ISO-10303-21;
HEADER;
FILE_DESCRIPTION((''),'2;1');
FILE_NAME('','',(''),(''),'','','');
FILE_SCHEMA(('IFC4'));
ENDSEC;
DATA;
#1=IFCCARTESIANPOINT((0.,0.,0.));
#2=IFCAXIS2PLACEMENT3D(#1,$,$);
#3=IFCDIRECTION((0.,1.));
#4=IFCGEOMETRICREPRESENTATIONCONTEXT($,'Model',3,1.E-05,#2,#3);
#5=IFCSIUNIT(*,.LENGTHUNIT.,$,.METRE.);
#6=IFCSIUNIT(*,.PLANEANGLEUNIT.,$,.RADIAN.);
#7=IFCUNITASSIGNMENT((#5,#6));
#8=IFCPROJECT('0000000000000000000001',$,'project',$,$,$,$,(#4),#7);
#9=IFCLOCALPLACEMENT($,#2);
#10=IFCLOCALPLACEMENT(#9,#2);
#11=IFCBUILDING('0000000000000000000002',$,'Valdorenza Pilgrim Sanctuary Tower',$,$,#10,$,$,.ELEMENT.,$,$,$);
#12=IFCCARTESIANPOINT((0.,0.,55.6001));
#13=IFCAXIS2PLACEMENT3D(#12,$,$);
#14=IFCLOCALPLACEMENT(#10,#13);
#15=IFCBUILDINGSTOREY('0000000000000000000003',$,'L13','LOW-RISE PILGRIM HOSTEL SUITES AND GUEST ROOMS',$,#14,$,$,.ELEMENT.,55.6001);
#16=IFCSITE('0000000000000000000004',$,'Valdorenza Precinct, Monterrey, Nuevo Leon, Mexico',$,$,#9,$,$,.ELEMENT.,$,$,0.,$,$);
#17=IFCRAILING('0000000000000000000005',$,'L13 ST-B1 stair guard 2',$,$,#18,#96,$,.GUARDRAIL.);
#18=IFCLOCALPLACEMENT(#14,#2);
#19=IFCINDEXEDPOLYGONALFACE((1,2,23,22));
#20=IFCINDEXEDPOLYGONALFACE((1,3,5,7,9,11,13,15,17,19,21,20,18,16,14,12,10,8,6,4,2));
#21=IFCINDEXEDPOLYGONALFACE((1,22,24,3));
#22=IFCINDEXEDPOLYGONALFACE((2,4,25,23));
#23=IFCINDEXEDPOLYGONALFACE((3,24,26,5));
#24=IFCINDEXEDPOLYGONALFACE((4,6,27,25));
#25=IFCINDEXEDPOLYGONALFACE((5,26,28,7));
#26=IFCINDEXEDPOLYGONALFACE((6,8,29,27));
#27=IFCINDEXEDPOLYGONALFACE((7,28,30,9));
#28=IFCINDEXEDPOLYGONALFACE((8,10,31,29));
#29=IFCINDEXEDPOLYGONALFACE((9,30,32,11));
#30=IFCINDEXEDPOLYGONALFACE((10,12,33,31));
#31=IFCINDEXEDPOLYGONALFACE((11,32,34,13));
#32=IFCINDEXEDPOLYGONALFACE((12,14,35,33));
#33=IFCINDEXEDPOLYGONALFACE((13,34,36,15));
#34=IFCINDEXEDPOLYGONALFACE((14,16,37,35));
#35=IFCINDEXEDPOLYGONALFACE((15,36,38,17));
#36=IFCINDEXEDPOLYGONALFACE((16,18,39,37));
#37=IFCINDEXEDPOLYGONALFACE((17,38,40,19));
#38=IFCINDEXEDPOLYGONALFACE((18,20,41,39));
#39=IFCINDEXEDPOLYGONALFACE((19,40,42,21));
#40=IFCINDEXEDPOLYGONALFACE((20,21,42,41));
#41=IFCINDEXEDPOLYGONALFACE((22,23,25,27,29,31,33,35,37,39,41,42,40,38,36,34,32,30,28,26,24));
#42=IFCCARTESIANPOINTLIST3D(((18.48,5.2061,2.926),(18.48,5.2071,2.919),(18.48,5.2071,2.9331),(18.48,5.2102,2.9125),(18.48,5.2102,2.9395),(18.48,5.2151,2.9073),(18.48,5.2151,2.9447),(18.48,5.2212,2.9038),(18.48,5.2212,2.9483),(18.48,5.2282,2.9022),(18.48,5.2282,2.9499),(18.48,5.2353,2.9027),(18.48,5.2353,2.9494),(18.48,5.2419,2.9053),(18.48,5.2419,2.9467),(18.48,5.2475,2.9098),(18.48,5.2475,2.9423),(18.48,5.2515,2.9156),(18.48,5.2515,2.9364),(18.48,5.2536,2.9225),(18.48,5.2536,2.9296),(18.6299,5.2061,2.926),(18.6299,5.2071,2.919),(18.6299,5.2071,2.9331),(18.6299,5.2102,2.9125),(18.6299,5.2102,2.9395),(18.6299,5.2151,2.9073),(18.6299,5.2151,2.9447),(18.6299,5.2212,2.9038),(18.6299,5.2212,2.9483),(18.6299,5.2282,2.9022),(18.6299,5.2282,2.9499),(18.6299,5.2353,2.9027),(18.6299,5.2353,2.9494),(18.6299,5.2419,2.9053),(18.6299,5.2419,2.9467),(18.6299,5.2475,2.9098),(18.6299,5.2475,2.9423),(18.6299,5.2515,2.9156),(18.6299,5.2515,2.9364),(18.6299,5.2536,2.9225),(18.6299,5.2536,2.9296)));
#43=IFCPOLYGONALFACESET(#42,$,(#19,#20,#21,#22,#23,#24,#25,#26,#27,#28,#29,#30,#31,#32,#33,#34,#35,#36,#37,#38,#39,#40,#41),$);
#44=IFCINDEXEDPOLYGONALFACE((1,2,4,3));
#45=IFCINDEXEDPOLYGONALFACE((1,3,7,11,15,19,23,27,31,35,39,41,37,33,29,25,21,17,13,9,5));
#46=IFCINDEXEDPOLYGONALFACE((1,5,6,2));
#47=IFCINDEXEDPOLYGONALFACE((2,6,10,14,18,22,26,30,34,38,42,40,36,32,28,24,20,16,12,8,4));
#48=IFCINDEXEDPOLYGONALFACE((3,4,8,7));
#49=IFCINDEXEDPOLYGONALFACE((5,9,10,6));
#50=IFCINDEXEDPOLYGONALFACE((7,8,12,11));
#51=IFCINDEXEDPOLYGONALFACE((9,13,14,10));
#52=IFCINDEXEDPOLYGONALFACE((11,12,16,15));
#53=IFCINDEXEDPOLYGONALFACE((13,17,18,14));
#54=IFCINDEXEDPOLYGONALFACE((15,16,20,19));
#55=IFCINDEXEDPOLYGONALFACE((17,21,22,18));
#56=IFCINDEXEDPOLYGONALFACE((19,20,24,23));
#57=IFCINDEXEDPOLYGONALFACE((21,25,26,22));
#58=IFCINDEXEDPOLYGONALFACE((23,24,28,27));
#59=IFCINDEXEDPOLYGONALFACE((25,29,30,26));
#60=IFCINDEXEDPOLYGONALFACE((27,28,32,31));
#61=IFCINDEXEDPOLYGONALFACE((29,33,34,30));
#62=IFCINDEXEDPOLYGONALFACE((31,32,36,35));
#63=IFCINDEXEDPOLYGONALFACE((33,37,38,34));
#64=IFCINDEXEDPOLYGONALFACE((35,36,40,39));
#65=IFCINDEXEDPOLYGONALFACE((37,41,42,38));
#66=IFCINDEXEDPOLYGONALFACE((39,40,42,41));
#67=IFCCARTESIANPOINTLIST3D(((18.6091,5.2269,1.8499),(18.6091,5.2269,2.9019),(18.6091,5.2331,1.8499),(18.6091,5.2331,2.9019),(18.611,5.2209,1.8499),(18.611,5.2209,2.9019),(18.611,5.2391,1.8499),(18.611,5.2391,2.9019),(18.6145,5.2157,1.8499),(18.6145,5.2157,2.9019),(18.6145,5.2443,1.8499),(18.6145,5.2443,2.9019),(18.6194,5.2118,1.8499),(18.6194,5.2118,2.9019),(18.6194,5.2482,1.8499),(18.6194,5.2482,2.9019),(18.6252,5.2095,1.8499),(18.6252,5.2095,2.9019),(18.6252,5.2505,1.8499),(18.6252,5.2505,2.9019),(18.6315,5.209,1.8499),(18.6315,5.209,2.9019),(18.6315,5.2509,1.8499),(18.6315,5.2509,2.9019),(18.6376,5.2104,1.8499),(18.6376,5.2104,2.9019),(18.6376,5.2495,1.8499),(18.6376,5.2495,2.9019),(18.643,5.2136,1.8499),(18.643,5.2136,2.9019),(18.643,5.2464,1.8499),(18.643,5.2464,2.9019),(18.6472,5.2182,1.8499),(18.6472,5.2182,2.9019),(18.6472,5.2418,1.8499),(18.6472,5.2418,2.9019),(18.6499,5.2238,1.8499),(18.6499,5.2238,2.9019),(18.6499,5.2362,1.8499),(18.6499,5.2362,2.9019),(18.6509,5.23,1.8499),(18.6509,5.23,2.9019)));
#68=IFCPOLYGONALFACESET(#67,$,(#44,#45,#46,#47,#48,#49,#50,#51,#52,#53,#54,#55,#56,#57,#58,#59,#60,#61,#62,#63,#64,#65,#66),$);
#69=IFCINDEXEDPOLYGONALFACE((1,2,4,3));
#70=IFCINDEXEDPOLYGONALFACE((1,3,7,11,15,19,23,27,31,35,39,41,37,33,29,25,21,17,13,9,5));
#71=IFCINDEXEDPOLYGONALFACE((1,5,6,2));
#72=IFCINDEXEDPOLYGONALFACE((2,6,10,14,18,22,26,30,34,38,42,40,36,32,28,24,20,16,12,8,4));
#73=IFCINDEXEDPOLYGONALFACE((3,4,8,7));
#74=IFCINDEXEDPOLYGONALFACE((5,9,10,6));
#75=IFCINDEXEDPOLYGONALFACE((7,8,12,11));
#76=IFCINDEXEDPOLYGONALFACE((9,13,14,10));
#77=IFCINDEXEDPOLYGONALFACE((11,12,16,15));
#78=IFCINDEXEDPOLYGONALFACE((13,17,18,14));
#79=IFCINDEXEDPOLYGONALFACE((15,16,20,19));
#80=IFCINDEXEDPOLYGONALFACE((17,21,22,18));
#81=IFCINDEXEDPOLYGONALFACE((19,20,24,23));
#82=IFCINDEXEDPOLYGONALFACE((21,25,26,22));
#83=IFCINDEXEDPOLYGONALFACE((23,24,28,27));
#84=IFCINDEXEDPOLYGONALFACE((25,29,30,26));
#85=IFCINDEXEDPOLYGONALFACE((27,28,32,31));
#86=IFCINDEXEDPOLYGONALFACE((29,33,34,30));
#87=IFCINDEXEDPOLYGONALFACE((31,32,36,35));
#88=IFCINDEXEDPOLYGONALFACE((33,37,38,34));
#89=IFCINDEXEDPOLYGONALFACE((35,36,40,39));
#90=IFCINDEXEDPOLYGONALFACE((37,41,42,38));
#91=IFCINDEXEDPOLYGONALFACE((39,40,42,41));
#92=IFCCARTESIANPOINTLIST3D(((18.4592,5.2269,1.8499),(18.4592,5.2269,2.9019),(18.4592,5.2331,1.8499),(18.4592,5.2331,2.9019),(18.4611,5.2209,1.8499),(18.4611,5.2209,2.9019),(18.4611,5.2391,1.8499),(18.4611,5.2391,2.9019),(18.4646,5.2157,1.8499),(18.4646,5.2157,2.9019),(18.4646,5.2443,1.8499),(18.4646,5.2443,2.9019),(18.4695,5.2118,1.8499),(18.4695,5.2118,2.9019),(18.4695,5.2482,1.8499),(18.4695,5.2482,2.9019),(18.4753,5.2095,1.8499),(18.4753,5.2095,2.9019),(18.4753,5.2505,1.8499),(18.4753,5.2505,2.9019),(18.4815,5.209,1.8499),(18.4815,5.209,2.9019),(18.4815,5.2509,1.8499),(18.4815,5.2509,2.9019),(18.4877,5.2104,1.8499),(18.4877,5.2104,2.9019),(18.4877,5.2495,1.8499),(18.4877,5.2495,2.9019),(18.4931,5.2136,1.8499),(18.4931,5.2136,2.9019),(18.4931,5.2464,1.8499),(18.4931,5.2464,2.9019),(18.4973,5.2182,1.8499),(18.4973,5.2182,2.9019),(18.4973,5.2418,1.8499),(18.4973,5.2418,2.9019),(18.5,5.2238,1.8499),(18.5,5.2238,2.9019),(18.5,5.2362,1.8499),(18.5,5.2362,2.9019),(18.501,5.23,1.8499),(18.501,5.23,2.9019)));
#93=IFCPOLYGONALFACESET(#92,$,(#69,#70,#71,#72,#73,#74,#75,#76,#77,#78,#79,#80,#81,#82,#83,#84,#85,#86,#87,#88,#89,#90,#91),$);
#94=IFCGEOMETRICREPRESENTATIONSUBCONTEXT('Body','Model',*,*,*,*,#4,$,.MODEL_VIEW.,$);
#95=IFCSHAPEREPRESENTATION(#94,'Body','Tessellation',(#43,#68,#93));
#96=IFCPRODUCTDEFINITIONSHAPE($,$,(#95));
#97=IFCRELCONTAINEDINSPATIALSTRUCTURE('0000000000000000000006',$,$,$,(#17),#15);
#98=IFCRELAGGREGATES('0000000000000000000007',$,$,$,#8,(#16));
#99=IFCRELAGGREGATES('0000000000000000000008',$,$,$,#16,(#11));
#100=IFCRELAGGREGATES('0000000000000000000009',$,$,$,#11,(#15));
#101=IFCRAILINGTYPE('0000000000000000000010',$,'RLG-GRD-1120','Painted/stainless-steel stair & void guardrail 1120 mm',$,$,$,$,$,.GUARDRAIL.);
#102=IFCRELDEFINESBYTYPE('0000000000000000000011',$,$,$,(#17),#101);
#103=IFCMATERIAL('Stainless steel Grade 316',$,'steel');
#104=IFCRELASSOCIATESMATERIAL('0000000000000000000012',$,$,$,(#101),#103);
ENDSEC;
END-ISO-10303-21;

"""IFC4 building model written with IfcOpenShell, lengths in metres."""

from ifc_helpers import new_model, si_unit, direction, frame, origin, origin_2d, place, context, subcontext, project, spatial, circle, extrude, material, type_object, element, save


model = new_model("IFC4")

# Units and contexts
model_context = context("Model", 3, precision=1e-05, world=origin(), true_north=direction((0.0, 1.0)))
body_context = subcontext(model_context, "Body", "Model", "MODEL_VIEW")
ifc_project = project(units=[si_unit("LENGTHUNIT", "METRE"), si_unit("PLANEANGLEUNIT", "RADIAN")], contexts=[model_context])

# Site, building, storey
site_placement = place(None, origin())
site = spatial("IfcSite", under=ifc_project, at=site_placement, Name="Valdorenza Precinct, Monterrey, Nuevo Leon, Mexico", CompositionType="ELEMENT", RefElevation=0.0)
building_placement = place(site_placement, origin())
building = spatial("IfcBuilding", under=site, at=building_placement, Name="Valdorenza Pilgrim Sanctuary Tower", CompositionType="ELEMENT")
storey_placement = place(building_placement, frame((0.0, 0.0, 55.6001)))
storey = spatial("IfcBuildingStorey", under=building, at=storey_placement, Name="L13", Description="LOW-RISE PILGRIM HOSTEL SUITES AND GUEST ROOMS", CompositionType="ELEMENT", Elevation=55.6001)

# Railing
ifc_material_1 = material(Name="Stainless steel Grade 316", Category="steel")
railing_type_1 = type_object("IfcRailingType", Name="RLG-GRD-1120", Description="Painted/stainless-steel stair & void guardrail 1120 mm", PredefinedType="GUARDRAIL", material=ifc_material_1)
railing_1_placement = place(storey_placement, frame((18.6299, 5.23, 1.8499)))
element("IfcRailing", 1, at=railing_1_placement, inside=storey, type_object=railing_type_1, Name="L13 ST-B1 stair guard 2", PredefinedType="GUARDRAIL", context=body_context, shape_type="SweptSolid", body=[
    extrude(circle(Radius=0.0239, at=origin_2d()), frame((0.0, 0.0, 1.0762), z_axis=(-1.0, 0.0, 0.0), x_axis=(0.0, -1.0, 0.0)), (0.0, 0.0, 1.0), 0.1499),
    extrude(circle(Radius=0.021, at=origin_2d()), origin(), (0.0, 0.0, 1.0), 1.052),
    extrude(circle(Radius=0.021, at=origin_2d()), frame((-0.1499, 0.0, 0.0)), (0.0, 0.0, 1.0), 1.052),
])

save(model, "model.ifc")
